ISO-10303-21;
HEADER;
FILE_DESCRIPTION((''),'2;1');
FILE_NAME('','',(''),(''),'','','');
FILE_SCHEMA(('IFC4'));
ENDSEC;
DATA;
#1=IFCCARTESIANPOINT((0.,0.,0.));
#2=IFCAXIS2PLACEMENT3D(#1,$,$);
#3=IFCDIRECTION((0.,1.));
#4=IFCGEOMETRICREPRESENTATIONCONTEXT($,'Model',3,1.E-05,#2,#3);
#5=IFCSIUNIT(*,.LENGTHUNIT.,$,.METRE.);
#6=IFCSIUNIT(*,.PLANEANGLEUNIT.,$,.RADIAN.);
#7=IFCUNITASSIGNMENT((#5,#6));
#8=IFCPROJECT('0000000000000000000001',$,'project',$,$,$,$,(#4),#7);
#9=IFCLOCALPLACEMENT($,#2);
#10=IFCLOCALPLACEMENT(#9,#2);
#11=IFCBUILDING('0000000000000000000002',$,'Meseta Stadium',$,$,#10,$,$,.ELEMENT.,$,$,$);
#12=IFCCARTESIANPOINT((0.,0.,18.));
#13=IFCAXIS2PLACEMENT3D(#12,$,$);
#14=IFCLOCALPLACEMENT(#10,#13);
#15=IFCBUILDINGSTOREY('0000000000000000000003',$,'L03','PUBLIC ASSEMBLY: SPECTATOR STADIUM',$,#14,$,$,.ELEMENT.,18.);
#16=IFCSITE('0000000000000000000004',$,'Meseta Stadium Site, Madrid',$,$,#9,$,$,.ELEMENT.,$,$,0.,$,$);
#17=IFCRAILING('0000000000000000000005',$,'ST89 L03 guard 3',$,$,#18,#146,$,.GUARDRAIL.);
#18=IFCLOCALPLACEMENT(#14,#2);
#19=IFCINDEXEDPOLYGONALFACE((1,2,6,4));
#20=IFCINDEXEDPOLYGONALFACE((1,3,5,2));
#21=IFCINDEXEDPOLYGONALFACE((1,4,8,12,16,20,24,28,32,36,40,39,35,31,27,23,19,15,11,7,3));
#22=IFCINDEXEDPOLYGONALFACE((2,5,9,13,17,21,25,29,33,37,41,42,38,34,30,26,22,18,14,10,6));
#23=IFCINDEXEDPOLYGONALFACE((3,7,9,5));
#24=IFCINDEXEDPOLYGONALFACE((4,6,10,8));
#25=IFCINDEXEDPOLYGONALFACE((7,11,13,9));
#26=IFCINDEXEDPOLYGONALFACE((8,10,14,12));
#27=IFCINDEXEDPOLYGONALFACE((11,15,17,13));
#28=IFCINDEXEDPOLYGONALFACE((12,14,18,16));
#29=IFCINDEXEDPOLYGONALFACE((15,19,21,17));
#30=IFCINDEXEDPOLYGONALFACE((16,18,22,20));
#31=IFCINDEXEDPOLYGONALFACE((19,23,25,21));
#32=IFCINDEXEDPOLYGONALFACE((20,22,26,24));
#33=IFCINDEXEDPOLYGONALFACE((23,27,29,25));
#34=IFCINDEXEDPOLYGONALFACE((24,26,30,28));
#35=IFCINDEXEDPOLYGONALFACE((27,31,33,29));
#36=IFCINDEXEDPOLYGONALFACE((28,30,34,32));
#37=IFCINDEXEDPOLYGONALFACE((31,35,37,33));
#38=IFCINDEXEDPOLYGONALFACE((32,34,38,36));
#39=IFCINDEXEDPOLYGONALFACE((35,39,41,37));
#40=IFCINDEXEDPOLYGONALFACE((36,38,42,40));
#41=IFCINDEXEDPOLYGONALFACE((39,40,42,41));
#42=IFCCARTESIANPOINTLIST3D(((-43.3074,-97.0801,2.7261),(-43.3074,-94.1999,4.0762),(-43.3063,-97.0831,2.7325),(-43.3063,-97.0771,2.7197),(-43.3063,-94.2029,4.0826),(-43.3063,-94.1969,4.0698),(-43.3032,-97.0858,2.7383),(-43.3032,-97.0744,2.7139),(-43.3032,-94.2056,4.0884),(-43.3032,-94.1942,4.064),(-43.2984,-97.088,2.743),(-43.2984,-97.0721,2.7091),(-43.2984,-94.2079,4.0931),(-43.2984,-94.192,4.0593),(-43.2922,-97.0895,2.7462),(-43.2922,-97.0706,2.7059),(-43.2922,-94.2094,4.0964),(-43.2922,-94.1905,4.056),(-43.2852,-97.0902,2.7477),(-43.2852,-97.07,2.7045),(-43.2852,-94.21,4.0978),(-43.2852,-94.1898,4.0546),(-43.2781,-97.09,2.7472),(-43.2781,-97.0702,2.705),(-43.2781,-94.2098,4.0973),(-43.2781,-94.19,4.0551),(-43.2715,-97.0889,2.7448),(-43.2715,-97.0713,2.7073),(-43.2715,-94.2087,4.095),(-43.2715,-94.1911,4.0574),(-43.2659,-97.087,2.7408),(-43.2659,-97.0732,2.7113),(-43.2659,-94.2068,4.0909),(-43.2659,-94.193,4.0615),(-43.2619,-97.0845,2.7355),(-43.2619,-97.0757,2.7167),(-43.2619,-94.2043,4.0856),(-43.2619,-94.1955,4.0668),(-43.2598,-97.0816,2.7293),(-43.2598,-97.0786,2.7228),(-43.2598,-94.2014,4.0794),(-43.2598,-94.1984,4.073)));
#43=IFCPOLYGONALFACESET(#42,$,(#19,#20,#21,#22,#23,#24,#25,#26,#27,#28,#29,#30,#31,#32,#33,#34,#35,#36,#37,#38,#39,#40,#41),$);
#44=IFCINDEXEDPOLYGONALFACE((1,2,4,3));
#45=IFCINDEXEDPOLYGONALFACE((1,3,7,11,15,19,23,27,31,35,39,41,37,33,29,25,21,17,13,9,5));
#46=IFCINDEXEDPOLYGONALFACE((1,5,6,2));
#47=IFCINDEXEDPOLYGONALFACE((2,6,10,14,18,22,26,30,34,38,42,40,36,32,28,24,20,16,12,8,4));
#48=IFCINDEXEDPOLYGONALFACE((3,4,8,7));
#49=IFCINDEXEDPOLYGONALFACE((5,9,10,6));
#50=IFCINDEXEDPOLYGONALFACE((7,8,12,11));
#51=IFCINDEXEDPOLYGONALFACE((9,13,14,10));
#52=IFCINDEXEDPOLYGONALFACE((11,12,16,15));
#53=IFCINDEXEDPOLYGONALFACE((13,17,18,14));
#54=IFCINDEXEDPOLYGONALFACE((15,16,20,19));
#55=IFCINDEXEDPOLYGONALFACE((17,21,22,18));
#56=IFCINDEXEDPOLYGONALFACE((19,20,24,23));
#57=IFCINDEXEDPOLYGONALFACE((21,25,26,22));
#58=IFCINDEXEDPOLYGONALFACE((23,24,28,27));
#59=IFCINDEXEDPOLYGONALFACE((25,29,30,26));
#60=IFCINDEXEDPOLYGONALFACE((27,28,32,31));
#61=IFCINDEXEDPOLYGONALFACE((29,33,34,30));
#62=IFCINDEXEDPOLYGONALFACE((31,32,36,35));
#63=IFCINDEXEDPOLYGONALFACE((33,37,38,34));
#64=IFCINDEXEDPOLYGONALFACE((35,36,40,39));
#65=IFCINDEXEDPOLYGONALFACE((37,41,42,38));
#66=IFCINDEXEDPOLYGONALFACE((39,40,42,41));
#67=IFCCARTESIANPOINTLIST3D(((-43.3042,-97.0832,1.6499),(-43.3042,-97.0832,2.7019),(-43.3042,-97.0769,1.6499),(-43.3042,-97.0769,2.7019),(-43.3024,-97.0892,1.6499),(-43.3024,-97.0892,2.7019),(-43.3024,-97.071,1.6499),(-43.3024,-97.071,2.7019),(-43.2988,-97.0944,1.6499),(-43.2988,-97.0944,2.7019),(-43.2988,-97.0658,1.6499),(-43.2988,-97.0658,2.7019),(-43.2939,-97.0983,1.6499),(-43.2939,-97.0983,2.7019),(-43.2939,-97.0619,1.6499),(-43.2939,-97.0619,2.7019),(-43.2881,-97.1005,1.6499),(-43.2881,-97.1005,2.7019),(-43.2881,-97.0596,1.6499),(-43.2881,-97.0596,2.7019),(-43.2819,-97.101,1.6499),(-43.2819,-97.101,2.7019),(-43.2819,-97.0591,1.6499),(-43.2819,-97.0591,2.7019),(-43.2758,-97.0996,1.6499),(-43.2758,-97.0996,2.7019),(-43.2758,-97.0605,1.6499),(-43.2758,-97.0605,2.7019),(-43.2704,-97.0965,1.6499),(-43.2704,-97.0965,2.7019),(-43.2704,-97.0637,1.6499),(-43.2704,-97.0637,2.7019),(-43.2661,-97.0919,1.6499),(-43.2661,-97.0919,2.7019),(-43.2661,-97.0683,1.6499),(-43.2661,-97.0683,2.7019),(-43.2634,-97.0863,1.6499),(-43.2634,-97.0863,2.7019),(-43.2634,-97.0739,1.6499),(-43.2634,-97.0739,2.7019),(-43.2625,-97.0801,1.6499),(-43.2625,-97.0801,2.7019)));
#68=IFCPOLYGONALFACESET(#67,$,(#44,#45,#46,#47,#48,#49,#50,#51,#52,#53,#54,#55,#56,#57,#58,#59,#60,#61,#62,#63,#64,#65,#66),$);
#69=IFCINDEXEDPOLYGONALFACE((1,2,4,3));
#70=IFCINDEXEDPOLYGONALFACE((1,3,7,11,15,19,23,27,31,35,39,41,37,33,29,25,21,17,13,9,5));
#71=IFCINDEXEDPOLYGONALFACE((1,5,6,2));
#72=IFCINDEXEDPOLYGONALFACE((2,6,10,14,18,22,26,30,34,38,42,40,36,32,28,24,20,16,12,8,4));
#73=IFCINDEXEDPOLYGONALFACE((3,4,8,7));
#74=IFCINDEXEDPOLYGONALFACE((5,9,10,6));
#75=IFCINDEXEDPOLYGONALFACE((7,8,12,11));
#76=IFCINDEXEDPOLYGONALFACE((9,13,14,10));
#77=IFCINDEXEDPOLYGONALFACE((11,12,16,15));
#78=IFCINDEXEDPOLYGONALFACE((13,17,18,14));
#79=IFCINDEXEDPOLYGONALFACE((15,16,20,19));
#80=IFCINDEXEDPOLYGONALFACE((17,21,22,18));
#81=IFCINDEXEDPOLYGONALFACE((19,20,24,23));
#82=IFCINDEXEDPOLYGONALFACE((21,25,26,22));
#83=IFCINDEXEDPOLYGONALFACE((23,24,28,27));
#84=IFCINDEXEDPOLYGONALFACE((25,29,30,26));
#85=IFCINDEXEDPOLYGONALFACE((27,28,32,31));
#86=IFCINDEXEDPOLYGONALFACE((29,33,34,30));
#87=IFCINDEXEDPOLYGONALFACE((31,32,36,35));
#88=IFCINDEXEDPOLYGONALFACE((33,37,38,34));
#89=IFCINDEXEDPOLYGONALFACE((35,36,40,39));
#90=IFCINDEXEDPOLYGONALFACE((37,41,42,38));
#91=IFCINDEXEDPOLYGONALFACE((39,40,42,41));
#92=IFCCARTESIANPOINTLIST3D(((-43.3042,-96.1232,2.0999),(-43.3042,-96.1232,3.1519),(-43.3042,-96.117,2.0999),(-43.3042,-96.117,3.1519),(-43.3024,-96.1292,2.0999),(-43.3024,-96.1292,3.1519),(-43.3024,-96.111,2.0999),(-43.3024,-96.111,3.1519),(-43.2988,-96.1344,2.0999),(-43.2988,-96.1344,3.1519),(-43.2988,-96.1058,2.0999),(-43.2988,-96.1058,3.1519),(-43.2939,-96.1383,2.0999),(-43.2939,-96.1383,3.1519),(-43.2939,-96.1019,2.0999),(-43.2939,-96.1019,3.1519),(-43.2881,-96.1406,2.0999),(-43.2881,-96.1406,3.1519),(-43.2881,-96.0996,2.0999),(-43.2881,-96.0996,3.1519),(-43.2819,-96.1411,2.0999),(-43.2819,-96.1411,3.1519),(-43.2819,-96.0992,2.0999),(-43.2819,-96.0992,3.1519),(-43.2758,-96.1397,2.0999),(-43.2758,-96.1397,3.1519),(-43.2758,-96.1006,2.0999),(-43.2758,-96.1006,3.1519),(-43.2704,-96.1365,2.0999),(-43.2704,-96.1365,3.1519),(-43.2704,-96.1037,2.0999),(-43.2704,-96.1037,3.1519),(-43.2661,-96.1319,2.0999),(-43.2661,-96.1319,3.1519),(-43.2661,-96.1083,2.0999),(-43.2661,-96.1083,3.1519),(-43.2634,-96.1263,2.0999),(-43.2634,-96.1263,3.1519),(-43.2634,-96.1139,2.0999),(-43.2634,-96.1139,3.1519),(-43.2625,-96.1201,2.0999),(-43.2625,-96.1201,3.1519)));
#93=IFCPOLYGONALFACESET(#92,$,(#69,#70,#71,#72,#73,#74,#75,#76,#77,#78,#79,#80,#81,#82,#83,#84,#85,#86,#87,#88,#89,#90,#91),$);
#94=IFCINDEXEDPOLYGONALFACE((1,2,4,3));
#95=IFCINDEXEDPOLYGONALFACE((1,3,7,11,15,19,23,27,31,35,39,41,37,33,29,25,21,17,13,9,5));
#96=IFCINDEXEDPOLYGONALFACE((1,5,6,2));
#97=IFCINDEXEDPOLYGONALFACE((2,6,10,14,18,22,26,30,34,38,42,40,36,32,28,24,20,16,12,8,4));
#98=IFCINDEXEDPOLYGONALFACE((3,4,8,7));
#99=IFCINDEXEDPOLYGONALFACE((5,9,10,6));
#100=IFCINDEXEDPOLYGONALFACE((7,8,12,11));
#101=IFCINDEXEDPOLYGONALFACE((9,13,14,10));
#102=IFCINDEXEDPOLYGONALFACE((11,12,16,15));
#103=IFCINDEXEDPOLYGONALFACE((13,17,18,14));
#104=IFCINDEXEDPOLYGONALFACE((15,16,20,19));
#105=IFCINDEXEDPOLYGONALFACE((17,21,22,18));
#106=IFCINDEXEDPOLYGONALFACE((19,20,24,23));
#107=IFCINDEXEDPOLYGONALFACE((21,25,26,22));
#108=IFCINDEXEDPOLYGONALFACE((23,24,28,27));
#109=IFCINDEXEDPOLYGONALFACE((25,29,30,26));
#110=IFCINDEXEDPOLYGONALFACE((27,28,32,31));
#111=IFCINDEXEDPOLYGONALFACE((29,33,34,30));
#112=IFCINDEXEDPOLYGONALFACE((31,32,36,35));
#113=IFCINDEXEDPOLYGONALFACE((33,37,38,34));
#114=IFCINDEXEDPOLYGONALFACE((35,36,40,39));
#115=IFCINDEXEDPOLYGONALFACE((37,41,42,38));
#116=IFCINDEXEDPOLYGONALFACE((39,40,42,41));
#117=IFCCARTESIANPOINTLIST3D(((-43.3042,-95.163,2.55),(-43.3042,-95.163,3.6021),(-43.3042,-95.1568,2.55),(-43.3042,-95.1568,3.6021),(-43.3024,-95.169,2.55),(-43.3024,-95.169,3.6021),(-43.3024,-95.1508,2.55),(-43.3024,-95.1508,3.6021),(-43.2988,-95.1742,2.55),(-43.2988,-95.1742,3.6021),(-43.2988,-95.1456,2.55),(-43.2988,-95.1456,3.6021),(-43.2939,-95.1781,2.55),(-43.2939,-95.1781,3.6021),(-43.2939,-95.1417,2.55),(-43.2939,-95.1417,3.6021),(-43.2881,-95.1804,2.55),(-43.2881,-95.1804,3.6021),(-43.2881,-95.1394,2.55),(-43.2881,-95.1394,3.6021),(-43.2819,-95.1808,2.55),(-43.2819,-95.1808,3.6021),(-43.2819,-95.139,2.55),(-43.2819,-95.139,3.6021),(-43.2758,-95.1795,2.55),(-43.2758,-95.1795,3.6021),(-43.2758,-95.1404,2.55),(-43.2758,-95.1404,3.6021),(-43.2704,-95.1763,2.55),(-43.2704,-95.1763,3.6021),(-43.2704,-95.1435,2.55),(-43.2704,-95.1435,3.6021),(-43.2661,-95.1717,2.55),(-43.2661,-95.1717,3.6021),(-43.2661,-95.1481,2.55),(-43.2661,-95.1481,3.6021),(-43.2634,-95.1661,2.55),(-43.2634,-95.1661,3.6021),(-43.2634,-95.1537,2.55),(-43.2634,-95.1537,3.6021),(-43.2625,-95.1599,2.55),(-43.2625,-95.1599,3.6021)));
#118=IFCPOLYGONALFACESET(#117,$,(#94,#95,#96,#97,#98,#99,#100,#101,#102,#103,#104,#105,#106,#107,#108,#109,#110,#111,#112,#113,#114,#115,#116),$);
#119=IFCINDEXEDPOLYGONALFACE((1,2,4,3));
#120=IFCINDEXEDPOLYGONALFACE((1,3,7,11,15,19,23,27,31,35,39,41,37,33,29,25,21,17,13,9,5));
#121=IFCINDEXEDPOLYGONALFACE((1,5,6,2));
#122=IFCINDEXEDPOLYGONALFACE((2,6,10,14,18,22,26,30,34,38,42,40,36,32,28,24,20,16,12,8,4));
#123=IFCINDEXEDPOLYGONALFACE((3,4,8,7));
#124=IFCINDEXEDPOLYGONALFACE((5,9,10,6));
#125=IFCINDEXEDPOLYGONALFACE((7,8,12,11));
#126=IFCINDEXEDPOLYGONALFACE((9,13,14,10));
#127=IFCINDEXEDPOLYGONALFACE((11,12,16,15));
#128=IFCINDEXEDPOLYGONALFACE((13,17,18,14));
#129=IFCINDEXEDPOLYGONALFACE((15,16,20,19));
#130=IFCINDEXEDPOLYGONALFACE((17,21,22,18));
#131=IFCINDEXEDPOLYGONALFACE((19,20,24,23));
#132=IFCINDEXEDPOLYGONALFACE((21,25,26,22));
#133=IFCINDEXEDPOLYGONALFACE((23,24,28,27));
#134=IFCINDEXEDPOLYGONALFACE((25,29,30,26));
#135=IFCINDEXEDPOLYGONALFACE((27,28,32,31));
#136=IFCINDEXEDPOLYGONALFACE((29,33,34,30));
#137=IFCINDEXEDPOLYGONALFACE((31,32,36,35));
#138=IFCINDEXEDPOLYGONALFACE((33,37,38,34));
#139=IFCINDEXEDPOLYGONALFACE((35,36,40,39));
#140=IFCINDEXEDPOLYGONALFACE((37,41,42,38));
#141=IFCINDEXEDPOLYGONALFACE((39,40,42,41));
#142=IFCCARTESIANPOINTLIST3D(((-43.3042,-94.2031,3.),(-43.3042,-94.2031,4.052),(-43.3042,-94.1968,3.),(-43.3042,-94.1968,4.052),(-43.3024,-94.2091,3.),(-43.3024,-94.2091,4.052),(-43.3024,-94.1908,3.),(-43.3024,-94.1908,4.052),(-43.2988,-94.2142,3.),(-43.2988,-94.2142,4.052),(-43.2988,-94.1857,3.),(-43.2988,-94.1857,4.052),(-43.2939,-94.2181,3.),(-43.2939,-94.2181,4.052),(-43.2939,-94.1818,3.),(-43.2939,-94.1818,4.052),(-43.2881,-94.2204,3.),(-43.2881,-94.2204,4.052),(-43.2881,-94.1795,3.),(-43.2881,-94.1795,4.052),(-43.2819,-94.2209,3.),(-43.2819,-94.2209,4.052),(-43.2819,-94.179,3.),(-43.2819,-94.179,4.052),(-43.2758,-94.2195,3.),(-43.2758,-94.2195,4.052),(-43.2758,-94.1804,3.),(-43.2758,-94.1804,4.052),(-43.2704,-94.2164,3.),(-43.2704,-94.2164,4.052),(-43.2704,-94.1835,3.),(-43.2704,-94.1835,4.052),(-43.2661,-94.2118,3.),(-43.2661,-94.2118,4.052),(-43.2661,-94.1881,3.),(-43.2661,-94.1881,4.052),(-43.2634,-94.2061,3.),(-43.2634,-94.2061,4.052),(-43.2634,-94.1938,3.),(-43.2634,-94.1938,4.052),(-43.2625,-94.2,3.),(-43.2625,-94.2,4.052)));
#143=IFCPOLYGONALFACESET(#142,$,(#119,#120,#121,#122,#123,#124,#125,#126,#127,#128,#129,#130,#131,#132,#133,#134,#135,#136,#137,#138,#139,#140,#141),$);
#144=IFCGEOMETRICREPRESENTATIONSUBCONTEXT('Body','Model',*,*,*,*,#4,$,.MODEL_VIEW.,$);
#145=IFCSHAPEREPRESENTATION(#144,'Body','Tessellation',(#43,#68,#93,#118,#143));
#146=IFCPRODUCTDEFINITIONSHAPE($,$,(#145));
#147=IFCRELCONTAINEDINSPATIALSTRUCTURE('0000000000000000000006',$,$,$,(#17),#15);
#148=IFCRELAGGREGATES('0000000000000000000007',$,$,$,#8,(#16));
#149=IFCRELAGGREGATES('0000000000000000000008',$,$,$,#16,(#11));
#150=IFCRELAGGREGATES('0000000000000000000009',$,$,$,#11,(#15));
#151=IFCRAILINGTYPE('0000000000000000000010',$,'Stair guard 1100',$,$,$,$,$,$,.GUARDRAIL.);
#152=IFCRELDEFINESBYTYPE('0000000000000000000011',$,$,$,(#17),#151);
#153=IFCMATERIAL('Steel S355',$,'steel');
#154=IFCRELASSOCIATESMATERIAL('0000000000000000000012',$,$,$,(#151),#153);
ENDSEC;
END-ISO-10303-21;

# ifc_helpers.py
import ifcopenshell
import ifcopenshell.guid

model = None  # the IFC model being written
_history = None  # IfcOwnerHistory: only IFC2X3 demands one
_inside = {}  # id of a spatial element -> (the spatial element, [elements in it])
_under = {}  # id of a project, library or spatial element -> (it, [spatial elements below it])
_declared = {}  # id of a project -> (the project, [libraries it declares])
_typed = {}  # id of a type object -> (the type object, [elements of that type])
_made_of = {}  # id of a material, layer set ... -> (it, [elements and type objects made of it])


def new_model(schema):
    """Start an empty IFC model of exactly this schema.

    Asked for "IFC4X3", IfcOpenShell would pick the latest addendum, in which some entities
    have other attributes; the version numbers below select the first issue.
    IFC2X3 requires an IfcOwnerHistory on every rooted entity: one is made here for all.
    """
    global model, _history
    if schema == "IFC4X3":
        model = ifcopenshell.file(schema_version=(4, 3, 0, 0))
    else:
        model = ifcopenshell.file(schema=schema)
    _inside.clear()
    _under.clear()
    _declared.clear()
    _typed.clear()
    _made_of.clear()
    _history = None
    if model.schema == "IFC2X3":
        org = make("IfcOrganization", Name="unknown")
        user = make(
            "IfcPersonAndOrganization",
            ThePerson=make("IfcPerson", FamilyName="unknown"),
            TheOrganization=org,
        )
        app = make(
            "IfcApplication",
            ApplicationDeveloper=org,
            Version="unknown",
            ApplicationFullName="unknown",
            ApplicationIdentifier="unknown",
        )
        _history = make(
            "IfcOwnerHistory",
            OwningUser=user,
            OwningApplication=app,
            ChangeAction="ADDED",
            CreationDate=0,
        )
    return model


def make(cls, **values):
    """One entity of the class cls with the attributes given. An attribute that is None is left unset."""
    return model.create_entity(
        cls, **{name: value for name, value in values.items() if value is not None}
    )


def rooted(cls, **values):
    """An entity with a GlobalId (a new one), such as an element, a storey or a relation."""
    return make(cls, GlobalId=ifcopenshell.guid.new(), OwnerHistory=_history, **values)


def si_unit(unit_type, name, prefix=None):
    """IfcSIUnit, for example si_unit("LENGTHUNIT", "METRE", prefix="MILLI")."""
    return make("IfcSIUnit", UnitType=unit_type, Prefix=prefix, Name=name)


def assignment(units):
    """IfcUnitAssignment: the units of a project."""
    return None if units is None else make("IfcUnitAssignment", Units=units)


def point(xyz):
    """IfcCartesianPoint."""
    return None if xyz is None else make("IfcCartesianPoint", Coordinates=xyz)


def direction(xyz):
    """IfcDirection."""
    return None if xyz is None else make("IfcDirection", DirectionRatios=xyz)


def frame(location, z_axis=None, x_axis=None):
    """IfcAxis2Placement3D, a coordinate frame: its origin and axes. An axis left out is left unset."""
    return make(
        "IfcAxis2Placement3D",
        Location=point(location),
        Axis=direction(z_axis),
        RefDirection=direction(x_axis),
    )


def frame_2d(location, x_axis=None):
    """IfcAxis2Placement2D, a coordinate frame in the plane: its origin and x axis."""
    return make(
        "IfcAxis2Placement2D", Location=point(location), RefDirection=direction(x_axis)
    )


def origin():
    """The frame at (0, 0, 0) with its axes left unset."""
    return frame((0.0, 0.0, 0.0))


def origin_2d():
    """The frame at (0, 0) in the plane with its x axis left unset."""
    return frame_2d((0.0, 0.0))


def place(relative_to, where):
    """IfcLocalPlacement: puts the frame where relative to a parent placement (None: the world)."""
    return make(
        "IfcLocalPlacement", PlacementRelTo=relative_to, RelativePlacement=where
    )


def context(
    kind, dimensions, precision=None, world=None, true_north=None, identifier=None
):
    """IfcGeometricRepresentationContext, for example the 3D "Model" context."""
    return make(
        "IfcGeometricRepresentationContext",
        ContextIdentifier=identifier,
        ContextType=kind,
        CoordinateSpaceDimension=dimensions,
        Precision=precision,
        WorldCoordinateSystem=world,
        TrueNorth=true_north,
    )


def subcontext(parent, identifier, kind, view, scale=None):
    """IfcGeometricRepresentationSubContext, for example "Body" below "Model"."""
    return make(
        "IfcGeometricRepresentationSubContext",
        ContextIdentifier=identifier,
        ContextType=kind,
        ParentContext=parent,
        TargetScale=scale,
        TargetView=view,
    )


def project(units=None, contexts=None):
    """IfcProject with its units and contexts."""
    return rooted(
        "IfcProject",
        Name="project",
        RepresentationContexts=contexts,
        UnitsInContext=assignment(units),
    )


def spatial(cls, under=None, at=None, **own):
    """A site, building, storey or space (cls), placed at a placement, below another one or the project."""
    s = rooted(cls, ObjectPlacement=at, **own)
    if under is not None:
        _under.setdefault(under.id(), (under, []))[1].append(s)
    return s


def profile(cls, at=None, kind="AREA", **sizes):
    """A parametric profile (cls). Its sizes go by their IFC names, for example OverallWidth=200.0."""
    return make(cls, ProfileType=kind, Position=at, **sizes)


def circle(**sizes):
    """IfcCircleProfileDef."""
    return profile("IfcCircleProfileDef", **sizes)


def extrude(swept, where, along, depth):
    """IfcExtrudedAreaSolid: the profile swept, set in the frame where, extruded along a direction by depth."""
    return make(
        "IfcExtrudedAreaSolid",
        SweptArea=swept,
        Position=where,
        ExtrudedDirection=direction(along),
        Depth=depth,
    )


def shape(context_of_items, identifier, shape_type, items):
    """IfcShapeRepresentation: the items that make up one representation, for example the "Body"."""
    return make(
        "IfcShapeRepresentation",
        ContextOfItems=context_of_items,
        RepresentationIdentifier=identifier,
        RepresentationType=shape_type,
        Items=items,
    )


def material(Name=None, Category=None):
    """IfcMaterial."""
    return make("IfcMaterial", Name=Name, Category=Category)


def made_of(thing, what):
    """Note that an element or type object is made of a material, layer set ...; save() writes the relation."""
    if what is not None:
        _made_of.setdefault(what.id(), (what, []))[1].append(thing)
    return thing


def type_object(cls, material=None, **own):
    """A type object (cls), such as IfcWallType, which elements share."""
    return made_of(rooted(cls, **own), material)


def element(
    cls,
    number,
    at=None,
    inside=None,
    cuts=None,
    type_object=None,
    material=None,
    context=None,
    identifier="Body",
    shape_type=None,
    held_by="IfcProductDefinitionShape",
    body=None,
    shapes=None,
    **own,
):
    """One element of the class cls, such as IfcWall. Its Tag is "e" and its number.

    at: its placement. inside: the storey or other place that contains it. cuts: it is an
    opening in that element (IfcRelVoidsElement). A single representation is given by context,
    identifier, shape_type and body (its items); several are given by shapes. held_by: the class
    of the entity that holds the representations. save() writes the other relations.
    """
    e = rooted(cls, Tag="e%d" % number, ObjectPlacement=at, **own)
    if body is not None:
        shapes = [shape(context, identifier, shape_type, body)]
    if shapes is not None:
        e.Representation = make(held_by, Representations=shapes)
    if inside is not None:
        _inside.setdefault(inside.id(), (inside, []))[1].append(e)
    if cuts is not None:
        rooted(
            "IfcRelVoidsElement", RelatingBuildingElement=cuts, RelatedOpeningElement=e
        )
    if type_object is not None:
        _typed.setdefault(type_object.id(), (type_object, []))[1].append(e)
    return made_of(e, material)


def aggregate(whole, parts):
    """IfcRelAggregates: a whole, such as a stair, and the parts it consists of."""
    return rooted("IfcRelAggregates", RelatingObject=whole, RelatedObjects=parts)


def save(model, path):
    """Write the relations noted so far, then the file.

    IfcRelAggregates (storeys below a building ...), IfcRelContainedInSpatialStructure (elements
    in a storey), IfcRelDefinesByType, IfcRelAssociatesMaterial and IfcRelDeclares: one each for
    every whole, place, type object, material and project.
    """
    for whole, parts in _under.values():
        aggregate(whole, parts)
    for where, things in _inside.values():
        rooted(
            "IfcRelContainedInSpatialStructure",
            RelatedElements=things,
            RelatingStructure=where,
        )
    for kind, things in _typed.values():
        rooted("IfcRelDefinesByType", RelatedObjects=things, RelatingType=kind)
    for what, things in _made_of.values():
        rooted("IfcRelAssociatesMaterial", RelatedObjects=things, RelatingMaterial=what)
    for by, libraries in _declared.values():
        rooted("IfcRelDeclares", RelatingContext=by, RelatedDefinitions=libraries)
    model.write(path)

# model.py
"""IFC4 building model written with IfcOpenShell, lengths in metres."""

from ifc_helpers import new_model, si_unit, direction, frame, origin, origin_2d, place, context, subcontext, project, spatial, circle, extrude, material, type_object, element, save


model = new_model("IFC4")

# Units and contexts
model_context = context("Model", 3, precision=1e-05, world=origin(), true_north=direction((0.0, 1.0)))
body_context = subcontext(model_context, "Body", "Model", "MODEL_VIEW")
ifc_project = project(units=[si_unit("LENGTHUNIT", "METRE"), si_unit("PLANEANGLEUNIT", "RADIAN")], contexts=[model_context])

# Site, building, storey
site_placement = place(None, origin())
site = spatial("IfcSite", under=ifc_project, at=site_placement, Name="Meseta Stadium Site, Madrid", CompositionType="ELEMENT", RefElevation=0.0)
building_placement = place(site_placement, origin())
building = spatial("IfcBuilding", under=site, at=building_placement, Name="Meseta Stadium", CompositionType="ELEMENT")
storey_placement = place(building_placement, frame((0.0, 0.0, 18.0)))
storey = spatial("IfcBuildingStorey", under=building, at=storey_placement, Name="L03", Description="PUBLIC ASSEMBLY: SPECTATOR STADIUM", CompositionType="ELEMENT", Elevation=18.0)

# Railing
ifc_material_1 = material(Name="Steel S355", Category="steel")
railing_type = type_object("IfcRailingType", Name="Stair guard 1100", PredefinedType="GUARDRAIL", material=ifc_material_1)
railing_1_placement = place(storey_placement, frame((-43.2834, -97.0801, 1.6499)))
element("IfcRailing", 1, at=railing_1_placement, inside=storey, type_object=railing_type, Name="ST89 L03 guard 3", PredefinedType="GUARDRAIL", context=body_context, shape_type="SweptSolid", body=[
    extrude(circle(Radius=0.0239, at=origin_2d()), frame((0.0, 0.0, 1.0762), z_axis=(0.0, 0.905454, 0.424444), x_axis=(-1.0, 0.0, 0.0)), (0.0, 0.0, 1.0), 3.1809),
    extrude(circle(Radius=0.021, at=origin_2d()), origin(), (0.0, 0.0, 1.0), 1.052),
    extrude(circle(Radius=0.021, at=origin_2d()), frame((0.0, 0.96, 0.45)), (0.0, 0.0, 1.0), 1.052),
    extrude(circle(Radius=0.021, at=origin_2d()), frame((0.0, 1.9202, 0.9001)), (0.0, 0.0, 1.0), 1.052),
    extrude(circle(Radius=0.021, at=origin_2d()), frame((0.0, 2.8801, 1.3501)), (0.0, 0.0, 1.0), 1.052),
])

save(model, "model.ifc")
